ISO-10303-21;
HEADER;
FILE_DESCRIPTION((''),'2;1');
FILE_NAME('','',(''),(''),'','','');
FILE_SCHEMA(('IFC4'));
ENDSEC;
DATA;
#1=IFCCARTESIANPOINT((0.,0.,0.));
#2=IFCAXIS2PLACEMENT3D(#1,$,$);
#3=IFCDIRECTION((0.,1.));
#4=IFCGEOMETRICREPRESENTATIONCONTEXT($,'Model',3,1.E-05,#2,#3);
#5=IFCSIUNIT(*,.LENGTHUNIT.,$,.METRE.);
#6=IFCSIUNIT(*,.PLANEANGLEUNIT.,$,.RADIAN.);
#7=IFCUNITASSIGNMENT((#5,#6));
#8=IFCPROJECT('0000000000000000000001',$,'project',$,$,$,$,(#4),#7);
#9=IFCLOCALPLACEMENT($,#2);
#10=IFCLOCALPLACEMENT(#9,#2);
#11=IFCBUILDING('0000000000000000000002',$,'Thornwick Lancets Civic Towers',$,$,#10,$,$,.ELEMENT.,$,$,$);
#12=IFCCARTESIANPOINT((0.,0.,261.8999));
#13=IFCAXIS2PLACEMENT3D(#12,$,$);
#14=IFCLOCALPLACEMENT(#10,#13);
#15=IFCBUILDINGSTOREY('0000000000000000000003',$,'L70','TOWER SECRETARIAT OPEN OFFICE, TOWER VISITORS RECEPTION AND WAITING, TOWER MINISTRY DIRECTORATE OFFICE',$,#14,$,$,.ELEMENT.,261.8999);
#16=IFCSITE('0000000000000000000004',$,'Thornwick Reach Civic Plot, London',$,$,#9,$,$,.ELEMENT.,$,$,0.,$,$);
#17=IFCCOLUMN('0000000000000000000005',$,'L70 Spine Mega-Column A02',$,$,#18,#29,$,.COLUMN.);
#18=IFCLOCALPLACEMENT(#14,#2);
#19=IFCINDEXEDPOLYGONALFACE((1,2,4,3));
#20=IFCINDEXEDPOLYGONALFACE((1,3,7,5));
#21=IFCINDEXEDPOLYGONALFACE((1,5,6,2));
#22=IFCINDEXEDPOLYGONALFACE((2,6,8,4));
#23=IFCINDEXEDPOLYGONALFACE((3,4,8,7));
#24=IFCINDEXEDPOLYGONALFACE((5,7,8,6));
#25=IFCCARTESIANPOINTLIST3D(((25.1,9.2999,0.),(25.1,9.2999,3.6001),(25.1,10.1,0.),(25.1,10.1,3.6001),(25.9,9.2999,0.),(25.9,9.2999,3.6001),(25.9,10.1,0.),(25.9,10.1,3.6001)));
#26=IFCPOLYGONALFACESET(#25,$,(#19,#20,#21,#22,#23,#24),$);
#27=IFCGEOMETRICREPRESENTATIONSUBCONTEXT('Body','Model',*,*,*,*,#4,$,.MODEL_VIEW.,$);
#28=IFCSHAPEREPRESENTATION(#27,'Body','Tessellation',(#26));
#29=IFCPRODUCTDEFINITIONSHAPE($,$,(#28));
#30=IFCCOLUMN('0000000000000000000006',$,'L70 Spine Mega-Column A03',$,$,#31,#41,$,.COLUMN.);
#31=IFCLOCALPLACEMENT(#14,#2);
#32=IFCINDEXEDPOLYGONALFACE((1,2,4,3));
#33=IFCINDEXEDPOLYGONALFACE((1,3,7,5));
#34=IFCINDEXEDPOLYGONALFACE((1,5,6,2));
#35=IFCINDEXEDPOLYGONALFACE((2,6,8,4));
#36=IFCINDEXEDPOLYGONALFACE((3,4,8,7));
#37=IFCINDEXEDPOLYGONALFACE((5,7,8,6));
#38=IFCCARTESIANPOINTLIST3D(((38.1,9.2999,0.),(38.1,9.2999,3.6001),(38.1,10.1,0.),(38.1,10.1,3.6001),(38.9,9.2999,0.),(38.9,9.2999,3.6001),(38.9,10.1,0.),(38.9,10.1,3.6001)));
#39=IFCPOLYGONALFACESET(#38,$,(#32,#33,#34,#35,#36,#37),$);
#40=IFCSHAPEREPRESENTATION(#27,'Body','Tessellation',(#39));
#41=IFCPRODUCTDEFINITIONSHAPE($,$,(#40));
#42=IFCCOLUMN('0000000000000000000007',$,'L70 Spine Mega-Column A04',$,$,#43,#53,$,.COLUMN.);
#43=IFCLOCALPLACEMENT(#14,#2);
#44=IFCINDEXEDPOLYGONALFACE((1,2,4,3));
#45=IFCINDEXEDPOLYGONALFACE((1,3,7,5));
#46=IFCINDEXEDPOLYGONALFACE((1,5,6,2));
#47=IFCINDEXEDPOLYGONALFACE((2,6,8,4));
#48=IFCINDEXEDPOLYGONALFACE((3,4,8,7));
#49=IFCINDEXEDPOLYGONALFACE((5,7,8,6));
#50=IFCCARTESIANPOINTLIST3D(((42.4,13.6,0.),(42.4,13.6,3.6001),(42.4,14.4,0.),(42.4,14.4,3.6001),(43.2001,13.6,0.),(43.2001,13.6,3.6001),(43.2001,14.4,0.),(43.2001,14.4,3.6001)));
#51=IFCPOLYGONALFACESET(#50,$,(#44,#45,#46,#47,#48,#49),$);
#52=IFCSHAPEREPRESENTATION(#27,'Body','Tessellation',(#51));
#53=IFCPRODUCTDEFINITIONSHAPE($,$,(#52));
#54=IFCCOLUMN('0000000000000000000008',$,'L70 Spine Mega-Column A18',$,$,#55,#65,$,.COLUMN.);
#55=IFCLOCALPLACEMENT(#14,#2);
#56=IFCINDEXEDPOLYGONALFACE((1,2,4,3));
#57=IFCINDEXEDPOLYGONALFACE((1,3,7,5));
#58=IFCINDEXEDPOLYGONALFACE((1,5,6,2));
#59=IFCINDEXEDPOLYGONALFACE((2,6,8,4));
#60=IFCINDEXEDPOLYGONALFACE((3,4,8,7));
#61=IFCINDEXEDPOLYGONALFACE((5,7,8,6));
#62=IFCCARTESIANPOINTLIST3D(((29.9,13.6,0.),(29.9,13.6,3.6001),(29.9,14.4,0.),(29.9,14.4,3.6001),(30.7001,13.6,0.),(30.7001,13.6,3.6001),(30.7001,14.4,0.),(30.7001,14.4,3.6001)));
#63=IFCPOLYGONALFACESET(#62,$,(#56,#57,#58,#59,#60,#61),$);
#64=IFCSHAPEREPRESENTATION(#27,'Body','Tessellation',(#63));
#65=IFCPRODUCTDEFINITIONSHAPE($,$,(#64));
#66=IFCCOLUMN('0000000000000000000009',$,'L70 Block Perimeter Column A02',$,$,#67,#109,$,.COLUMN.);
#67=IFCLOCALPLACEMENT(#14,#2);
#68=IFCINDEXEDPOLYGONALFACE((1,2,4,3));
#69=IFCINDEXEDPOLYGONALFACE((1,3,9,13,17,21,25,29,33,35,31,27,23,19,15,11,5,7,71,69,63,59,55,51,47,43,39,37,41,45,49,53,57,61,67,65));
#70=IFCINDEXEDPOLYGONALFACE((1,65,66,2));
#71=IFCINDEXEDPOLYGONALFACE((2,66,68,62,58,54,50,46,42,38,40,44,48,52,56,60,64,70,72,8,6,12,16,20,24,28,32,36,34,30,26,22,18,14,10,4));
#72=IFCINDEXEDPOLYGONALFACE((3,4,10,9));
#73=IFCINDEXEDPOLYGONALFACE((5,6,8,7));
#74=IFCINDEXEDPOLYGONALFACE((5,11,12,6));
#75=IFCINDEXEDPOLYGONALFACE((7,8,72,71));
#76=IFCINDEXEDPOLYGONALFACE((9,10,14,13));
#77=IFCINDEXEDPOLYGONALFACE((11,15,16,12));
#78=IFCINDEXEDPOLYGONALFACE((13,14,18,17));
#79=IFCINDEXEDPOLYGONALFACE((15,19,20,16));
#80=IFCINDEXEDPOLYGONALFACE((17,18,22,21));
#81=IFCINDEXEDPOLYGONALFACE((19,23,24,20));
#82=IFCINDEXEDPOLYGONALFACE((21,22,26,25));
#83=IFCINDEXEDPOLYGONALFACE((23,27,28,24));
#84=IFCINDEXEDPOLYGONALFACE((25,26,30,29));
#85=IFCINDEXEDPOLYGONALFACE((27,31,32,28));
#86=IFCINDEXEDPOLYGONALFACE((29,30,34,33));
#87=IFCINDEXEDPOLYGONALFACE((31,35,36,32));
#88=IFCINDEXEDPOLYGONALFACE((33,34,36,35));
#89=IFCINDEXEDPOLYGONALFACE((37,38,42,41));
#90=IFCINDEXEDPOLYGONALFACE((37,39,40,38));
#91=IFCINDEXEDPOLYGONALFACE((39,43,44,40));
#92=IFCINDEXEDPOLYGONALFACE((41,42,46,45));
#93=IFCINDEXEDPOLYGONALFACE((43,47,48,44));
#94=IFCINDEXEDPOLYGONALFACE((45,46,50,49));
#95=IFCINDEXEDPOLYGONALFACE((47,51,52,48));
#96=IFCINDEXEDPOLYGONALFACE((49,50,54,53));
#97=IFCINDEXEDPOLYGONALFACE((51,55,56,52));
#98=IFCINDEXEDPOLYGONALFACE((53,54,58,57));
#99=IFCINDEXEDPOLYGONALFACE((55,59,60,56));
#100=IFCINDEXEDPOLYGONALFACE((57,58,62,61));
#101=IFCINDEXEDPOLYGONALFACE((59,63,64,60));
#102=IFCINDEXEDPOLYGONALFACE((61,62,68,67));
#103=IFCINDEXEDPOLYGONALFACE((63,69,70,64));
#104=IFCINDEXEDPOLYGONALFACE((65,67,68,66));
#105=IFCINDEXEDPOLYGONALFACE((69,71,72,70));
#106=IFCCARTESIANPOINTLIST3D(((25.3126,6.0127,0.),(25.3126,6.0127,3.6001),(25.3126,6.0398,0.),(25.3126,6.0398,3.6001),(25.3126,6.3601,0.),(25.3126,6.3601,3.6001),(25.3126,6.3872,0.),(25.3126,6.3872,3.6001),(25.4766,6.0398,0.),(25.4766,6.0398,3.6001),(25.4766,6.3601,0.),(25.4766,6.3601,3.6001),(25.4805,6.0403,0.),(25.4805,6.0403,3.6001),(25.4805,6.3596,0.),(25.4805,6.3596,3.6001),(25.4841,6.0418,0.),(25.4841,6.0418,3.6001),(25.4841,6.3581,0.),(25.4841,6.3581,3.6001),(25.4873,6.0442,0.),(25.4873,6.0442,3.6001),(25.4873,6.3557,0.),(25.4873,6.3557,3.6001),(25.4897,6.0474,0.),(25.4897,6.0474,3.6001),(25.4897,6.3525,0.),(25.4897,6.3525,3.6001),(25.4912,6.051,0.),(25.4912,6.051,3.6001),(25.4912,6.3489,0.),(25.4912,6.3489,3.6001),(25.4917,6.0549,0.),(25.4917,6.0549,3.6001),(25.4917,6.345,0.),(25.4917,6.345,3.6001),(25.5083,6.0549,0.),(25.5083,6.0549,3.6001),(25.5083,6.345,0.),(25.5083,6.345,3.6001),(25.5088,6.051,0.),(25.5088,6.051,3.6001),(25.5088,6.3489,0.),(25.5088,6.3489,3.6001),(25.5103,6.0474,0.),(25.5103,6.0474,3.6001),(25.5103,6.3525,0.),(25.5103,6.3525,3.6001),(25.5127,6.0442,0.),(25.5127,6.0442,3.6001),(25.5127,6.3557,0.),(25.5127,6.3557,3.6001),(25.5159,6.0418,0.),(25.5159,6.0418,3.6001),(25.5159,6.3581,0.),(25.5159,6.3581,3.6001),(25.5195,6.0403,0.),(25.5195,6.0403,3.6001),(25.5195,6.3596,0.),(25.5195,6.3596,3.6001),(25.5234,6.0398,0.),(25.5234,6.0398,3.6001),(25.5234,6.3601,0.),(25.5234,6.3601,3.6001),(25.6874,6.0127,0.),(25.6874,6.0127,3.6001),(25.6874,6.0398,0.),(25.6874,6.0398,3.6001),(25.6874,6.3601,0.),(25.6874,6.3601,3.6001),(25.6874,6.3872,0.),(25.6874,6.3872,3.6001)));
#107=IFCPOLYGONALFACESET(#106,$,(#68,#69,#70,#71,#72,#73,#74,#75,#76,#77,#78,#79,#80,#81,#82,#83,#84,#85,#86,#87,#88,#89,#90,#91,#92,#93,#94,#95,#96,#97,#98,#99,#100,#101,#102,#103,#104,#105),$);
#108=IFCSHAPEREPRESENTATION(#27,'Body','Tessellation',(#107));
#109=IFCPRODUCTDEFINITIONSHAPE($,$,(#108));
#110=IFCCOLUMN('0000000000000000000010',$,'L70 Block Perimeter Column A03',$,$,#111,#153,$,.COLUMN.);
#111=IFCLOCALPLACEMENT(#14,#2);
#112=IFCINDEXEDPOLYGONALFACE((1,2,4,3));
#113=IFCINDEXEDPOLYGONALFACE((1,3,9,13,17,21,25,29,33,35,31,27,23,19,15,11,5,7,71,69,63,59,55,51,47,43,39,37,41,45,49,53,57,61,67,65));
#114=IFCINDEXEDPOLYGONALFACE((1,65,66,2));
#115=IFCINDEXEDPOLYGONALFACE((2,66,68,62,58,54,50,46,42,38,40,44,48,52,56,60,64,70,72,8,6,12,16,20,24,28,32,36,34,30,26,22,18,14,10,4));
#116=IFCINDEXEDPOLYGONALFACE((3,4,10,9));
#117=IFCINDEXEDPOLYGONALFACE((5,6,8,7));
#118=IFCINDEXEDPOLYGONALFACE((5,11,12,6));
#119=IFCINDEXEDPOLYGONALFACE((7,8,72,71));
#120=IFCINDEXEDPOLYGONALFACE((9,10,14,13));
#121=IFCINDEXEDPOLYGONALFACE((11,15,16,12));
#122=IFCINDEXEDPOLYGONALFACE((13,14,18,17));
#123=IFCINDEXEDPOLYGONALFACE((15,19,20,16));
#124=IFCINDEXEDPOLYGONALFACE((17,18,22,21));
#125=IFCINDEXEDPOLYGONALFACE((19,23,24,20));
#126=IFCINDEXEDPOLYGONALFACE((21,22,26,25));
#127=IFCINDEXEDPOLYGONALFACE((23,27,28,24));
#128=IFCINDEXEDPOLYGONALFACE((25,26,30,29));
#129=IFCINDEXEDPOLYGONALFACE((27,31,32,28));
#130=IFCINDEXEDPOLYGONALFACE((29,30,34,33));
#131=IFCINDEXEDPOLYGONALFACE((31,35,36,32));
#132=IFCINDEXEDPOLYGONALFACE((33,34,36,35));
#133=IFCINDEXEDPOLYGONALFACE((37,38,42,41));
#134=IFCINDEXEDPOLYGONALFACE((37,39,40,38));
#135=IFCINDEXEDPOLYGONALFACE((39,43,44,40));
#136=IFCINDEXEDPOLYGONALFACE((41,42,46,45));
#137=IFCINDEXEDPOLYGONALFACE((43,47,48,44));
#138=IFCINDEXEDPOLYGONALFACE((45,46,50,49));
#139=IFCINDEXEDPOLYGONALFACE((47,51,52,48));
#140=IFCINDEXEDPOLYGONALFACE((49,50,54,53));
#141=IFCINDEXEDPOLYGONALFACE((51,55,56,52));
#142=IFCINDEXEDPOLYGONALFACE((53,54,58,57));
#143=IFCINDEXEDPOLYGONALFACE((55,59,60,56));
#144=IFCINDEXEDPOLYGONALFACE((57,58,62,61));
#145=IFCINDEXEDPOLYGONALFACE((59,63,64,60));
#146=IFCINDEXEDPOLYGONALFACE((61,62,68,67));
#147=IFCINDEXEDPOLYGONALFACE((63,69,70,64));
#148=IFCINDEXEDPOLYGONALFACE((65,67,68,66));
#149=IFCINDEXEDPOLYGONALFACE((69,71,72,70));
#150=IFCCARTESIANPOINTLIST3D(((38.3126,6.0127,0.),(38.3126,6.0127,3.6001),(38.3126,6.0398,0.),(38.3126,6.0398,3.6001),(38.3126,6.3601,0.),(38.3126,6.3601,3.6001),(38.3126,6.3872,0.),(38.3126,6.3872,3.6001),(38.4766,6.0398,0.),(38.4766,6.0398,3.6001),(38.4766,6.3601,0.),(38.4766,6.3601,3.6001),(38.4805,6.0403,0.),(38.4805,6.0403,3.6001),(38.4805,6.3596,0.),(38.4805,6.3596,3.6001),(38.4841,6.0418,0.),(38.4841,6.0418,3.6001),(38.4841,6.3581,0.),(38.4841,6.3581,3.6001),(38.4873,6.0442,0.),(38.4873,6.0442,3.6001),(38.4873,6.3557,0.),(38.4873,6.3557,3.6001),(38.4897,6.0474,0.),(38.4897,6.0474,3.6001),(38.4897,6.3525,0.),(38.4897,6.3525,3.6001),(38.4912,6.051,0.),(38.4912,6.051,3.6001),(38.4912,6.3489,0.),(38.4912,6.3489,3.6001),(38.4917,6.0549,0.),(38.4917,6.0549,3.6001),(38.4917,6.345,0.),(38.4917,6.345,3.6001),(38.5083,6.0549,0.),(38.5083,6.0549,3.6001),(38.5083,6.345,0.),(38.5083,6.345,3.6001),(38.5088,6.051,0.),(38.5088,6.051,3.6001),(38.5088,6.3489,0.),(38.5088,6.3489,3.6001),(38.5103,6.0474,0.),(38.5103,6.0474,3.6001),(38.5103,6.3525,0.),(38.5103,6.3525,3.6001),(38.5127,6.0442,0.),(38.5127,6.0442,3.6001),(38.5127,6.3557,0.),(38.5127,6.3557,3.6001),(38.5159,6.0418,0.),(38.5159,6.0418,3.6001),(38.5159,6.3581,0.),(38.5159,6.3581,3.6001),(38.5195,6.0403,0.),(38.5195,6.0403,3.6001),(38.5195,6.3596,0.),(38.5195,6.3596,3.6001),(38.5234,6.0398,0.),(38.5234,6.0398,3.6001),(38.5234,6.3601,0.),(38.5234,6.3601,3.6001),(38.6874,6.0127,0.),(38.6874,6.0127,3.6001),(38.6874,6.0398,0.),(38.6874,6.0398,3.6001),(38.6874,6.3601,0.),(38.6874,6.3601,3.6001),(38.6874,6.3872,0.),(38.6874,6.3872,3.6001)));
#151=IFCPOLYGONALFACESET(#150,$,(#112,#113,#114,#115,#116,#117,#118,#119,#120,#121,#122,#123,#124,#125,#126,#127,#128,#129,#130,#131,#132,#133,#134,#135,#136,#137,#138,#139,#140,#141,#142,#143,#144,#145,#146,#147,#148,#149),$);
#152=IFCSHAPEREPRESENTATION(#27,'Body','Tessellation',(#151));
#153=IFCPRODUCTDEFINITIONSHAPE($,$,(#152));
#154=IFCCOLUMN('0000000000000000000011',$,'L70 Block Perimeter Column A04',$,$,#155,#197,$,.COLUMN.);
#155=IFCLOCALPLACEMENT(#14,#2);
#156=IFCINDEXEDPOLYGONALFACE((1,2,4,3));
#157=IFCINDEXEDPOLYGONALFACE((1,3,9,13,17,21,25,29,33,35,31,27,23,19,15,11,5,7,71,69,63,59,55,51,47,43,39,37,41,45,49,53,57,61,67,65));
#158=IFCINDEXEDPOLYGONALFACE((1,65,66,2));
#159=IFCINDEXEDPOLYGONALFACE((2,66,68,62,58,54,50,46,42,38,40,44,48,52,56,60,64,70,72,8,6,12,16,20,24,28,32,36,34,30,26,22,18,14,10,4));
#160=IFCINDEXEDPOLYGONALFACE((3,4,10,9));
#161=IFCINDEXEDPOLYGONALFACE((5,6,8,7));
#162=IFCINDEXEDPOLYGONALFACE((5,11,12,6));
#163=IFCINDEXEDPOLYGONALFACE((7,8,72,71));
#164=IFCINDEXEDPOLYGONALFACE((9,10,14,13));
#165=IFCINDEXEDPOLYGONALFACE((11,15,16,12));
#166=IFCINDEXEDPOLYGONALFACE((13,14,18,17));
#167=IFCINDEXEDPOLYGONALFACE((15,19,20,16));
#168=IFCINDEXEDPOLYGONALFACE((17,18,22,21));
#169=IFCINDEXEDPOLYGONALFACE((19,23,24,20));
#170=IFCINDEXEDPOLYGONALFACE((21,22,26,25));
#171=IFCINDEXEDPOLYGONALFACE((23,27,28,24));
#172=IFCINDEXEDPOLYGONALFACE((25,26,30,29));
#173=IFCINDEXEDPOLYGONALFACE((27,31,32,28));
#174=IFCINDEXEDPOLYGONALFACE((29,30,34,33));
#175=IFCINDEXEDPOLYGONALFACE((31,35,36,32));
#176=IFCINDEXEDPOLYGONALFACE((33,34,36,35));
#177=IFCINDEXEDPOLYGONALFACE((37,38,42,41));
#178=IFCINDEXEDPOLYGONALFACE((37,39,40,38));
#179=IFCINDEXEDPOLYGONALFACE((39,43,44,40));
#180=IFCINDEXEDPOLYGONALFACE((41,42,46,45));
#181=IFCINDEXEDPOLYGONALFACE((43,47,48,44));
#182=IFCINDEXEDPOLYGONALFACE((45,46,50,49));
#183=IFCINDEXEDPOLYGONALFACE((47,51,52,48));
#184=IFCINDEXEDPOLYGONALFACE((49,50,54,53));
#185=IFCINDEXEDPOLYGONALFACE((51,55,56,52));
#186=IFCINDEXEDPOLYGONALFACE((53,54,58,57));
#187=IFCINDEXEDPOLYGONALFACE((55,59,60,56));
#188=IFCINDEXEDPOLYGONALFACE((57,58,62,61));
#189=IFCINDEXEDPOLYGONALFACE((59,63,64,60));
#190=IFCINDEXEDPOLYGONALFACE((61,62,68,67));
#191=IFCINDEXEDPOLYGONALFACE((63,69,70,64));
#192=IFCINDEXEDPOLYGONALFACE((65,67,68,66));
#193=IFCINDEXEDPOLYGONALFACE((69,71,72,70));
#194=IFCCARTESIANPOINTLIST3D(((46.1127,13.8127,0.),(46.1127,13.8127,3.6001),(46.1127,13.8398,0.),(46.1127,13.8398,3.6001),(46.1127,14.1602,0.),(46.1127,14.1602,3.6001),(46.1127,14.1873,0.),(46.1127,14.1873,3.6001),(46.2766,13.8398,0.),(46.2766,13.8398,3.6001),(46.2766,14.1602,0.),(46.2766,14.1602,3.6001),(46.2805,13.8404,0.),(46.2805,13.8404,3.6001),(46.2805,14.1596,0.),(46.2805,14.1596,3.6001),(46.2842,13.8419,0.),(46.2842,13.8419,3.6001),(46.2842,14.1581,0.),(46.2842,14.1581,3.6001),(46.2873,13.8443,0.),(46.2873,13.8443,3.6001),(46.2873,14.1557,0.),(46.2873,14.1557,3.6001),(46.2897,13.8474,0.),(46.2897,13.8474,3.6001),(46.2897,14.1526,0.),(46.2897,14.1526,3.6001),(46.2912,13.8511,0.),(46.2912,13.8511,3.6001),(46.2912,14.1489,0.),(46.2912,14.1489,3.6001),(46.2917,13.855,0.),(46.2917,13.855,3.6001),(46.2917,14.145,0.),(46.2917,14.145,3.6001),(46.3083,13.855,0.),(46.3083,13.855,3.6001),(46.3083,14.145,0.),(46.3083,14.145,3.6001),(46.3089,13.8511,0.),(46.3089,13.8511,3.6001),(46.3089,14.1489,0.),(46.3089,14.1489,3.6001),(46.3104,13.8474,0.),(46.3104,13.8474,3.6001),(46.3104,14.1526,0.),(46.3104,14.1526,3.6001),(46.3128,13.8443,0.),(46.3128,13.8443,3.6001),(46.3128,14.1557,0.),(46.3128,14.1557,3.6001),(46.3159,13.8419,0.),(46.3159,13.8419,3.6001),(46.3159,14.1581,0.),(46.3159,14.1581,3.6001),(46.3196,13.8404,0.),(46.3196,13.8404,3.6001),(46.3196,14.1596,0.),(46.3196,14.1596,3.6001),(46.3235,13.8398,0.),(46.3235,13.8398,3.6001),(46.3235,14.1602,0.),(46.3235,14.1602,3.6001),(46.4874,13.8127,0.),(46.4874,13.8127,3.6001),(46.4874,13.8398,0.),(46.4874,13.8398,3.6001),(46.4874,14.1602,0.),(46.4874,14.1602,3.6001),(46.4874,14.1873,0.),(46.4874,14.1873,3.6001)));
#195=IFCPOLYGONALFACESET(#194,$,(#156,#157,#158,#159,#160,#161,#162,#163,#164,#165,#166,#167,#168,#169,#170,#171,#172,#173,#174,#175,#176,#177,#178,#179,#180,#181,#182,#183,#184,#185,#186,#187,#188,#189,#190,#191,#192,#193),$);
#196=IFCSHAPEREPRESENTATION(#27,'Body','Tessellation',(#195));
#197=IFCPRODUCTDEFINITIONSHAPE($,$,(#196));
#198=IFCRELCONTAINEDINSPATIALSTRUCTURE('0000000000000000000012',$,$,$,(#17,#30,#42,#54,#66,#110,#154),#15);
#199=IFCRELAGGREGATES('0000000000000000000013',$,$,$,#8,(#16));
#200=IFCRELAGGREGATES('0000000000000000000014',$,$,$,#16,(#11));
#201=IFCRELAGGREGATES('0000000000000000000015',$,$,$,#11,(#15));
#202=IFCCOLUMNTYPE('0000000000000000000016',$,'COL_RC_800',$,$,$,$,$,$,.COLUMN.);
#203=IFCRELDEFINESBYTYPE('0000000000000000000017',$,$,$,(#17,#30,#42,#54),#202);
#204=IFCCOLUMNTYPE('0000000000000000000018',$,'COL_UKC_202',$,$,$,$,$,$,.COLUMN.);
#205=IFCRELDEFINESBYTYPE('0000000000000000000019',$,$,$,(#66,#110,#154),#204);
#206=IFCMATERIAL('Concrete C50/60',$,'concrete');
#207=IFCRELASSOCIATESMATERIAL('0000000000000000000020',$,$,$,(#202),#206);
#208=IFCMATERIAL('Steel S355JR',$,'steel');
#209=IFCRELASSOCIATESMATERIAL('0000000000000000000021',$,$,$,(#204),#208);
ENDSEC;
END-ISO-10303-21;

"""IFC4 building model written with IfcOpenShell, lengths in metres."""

from ifc_helpers import new_model, si_unit, direction, frame, origin, origin_2d, place, context, subcontext, project, spatial, rectangle, i_section, extrude, material, material_profile, profile_set, type_object, element, save


model = new_model("IFC4")

# Units and contexts
model_context = context("Model", 3, precision=1e-05, world=origin(), true_north=direction((0.0, 1.0)))
body_context = subcontext(model_context, "Body", "Model", "MODEL_VIEW")
ifc_project = project(units=[si_unit("LENGTHUNIT", "METRE"), si_unit("PLANEANGLEUNIT", "RADIAN")], contexts=[model_context])

# Site, building, storey
site_placement = place(None, origin())
site = spatial("IfcSite", under=ifc_project, at=site_placement, Name="Thornwick Reach Civic Plot, London", CompositionType="ELEMENT", RefElevation=0.0)
building_placement = place(site_placement, origin())
building = spatial("IfcBuilding", under=site, at=building_placement, Name="Thornwick Lancets Civic Towers", CompositionType="ELEMENT")
storey_placement = place(building_placement, frame((0.0, 0.0, 261.8999)))
storey = spatial("IfcBuildingStorey", under=building, at=storey_placement, Name="L70", Description="TOWER SECRETARIAT OPEN OFFICE, TOWER VISITORS RECEPTION AND WAITING, TOWER MINISTRY DIRECTORATE OFFICE", CompositionType="ELEMENT", Elevation=261.8999)

# Columns
ifc_material_1 = material(Name="Concrete C50/60", Category="concrete")
ifc_material_profile_1 = material_profile(ifc_material_1, rectangle(XDim=0.8, YDim=0.8, at=origin_2d()), Name="RC 800x800")
ifc_profile_set_1 = profile_set([ifc_material_profile_1], Name="Concrete C50/60")
column_type_1 = type_object("IfcColumnType", Name="COL_RC_800", PredefinedType="COLUMN", material=ifc_profile_set_1)
for number, where, z_axis, x_axis, name in (
    (1, (25.5, 9.7, 0.0), (0.0, 0.0, 1.0), (1.0, 0.0, 0.0), "L70 Spine Mega-Column A02"),
    (2, (38.5, 9.7, 0.0), (0.0, 0.0, 1.0), (1.0, 0.0, 0.0), "L70 Spine Mega-Column A03"),
    (3, (42.8, 14.0, 0.0), (0.0, 0.0, 1.0), (1.0, 0.0, 0.0), "L70 Spine Mega-Column A04"),
    (4, (30.3, 14.0, 0.0), (0.0, 0.0, 1.0), (1.0, 0.0, 0.0), "L70 Spine Mega-Column A18"),
):
    element("IfcColumn", number, at=place(storey_placement, frame(where, z_axis=z_axis, x_axis=x_axis)), inside=storey, type_object=column_type_1, Name=name, PredefinedType="COLUMN", context=body_context, shape_type="SweptSolid", body=[
        extrude(rectangle(XDim=0.8, YDim=0.8, at=origin_2d()), origin(), (0.0, 0.0, 1.0), 3.6001),
    ])
ifc_material_2 = material(Name="Steel S355JR", Category="steel")
ifc_material_profile_2 = material_profile(ifc_material_2, i_section(OverallWidth=0.3748, OverallDepth=0.3745, WebThickness=0.0166, FlangeThickness=0.0271, FilletRadius=0.0151, at=origin_2d()), Name="UKC 356x368x202")
ifc_profile_set_2 = profile_set([ifc_material_profile_2], Name="Steel S355JR")
column_type_2 = type_object("IfcColumnType", Name="COL_UKC_202", PredefinedType="COLUMN", material=ifc_profile_set_2)
for number, where, z_axis, x_axis, name in (
    (5, (25.5, 6.2, 0.0), (0.0, 0.0, 1.0), (1.0, 0.0, 0.0), "L70 Block Perimeter Column A02"),
    (6, (38.5, 6.2, 0.0), (0.0, 0.0, 1.0), (1.0, 0.0, 0.0), "L70 Block Perimeter Column A03"),
    (7, (46.3, 14.0, 0.0), (0.0, 0.0, 1.0), (1.0, 0.0, 0.0), "L70 Block Perimeter Column A04"),
):
    element("IfcColumn", number, at=place(storey_placement, frame(where, z_axis=z_axis, x_axis=x_axis)), inside=storey, type_object=column_type_2, Name=name, PredefinedType="COLUMN", context=body_context, shape_type="SweptSolid", body=[
        extrude(i_section(OverallWidth=0.3748, OverallDepth=0.3745, WebThickness=0.0166, FlangeThickness=0.0271, FilletRadius=0.0151, at=origin_2d()), origin(), (0.0, 0.0, 1.0), 3.6001),
    ])

save(model, "model.ifc")
